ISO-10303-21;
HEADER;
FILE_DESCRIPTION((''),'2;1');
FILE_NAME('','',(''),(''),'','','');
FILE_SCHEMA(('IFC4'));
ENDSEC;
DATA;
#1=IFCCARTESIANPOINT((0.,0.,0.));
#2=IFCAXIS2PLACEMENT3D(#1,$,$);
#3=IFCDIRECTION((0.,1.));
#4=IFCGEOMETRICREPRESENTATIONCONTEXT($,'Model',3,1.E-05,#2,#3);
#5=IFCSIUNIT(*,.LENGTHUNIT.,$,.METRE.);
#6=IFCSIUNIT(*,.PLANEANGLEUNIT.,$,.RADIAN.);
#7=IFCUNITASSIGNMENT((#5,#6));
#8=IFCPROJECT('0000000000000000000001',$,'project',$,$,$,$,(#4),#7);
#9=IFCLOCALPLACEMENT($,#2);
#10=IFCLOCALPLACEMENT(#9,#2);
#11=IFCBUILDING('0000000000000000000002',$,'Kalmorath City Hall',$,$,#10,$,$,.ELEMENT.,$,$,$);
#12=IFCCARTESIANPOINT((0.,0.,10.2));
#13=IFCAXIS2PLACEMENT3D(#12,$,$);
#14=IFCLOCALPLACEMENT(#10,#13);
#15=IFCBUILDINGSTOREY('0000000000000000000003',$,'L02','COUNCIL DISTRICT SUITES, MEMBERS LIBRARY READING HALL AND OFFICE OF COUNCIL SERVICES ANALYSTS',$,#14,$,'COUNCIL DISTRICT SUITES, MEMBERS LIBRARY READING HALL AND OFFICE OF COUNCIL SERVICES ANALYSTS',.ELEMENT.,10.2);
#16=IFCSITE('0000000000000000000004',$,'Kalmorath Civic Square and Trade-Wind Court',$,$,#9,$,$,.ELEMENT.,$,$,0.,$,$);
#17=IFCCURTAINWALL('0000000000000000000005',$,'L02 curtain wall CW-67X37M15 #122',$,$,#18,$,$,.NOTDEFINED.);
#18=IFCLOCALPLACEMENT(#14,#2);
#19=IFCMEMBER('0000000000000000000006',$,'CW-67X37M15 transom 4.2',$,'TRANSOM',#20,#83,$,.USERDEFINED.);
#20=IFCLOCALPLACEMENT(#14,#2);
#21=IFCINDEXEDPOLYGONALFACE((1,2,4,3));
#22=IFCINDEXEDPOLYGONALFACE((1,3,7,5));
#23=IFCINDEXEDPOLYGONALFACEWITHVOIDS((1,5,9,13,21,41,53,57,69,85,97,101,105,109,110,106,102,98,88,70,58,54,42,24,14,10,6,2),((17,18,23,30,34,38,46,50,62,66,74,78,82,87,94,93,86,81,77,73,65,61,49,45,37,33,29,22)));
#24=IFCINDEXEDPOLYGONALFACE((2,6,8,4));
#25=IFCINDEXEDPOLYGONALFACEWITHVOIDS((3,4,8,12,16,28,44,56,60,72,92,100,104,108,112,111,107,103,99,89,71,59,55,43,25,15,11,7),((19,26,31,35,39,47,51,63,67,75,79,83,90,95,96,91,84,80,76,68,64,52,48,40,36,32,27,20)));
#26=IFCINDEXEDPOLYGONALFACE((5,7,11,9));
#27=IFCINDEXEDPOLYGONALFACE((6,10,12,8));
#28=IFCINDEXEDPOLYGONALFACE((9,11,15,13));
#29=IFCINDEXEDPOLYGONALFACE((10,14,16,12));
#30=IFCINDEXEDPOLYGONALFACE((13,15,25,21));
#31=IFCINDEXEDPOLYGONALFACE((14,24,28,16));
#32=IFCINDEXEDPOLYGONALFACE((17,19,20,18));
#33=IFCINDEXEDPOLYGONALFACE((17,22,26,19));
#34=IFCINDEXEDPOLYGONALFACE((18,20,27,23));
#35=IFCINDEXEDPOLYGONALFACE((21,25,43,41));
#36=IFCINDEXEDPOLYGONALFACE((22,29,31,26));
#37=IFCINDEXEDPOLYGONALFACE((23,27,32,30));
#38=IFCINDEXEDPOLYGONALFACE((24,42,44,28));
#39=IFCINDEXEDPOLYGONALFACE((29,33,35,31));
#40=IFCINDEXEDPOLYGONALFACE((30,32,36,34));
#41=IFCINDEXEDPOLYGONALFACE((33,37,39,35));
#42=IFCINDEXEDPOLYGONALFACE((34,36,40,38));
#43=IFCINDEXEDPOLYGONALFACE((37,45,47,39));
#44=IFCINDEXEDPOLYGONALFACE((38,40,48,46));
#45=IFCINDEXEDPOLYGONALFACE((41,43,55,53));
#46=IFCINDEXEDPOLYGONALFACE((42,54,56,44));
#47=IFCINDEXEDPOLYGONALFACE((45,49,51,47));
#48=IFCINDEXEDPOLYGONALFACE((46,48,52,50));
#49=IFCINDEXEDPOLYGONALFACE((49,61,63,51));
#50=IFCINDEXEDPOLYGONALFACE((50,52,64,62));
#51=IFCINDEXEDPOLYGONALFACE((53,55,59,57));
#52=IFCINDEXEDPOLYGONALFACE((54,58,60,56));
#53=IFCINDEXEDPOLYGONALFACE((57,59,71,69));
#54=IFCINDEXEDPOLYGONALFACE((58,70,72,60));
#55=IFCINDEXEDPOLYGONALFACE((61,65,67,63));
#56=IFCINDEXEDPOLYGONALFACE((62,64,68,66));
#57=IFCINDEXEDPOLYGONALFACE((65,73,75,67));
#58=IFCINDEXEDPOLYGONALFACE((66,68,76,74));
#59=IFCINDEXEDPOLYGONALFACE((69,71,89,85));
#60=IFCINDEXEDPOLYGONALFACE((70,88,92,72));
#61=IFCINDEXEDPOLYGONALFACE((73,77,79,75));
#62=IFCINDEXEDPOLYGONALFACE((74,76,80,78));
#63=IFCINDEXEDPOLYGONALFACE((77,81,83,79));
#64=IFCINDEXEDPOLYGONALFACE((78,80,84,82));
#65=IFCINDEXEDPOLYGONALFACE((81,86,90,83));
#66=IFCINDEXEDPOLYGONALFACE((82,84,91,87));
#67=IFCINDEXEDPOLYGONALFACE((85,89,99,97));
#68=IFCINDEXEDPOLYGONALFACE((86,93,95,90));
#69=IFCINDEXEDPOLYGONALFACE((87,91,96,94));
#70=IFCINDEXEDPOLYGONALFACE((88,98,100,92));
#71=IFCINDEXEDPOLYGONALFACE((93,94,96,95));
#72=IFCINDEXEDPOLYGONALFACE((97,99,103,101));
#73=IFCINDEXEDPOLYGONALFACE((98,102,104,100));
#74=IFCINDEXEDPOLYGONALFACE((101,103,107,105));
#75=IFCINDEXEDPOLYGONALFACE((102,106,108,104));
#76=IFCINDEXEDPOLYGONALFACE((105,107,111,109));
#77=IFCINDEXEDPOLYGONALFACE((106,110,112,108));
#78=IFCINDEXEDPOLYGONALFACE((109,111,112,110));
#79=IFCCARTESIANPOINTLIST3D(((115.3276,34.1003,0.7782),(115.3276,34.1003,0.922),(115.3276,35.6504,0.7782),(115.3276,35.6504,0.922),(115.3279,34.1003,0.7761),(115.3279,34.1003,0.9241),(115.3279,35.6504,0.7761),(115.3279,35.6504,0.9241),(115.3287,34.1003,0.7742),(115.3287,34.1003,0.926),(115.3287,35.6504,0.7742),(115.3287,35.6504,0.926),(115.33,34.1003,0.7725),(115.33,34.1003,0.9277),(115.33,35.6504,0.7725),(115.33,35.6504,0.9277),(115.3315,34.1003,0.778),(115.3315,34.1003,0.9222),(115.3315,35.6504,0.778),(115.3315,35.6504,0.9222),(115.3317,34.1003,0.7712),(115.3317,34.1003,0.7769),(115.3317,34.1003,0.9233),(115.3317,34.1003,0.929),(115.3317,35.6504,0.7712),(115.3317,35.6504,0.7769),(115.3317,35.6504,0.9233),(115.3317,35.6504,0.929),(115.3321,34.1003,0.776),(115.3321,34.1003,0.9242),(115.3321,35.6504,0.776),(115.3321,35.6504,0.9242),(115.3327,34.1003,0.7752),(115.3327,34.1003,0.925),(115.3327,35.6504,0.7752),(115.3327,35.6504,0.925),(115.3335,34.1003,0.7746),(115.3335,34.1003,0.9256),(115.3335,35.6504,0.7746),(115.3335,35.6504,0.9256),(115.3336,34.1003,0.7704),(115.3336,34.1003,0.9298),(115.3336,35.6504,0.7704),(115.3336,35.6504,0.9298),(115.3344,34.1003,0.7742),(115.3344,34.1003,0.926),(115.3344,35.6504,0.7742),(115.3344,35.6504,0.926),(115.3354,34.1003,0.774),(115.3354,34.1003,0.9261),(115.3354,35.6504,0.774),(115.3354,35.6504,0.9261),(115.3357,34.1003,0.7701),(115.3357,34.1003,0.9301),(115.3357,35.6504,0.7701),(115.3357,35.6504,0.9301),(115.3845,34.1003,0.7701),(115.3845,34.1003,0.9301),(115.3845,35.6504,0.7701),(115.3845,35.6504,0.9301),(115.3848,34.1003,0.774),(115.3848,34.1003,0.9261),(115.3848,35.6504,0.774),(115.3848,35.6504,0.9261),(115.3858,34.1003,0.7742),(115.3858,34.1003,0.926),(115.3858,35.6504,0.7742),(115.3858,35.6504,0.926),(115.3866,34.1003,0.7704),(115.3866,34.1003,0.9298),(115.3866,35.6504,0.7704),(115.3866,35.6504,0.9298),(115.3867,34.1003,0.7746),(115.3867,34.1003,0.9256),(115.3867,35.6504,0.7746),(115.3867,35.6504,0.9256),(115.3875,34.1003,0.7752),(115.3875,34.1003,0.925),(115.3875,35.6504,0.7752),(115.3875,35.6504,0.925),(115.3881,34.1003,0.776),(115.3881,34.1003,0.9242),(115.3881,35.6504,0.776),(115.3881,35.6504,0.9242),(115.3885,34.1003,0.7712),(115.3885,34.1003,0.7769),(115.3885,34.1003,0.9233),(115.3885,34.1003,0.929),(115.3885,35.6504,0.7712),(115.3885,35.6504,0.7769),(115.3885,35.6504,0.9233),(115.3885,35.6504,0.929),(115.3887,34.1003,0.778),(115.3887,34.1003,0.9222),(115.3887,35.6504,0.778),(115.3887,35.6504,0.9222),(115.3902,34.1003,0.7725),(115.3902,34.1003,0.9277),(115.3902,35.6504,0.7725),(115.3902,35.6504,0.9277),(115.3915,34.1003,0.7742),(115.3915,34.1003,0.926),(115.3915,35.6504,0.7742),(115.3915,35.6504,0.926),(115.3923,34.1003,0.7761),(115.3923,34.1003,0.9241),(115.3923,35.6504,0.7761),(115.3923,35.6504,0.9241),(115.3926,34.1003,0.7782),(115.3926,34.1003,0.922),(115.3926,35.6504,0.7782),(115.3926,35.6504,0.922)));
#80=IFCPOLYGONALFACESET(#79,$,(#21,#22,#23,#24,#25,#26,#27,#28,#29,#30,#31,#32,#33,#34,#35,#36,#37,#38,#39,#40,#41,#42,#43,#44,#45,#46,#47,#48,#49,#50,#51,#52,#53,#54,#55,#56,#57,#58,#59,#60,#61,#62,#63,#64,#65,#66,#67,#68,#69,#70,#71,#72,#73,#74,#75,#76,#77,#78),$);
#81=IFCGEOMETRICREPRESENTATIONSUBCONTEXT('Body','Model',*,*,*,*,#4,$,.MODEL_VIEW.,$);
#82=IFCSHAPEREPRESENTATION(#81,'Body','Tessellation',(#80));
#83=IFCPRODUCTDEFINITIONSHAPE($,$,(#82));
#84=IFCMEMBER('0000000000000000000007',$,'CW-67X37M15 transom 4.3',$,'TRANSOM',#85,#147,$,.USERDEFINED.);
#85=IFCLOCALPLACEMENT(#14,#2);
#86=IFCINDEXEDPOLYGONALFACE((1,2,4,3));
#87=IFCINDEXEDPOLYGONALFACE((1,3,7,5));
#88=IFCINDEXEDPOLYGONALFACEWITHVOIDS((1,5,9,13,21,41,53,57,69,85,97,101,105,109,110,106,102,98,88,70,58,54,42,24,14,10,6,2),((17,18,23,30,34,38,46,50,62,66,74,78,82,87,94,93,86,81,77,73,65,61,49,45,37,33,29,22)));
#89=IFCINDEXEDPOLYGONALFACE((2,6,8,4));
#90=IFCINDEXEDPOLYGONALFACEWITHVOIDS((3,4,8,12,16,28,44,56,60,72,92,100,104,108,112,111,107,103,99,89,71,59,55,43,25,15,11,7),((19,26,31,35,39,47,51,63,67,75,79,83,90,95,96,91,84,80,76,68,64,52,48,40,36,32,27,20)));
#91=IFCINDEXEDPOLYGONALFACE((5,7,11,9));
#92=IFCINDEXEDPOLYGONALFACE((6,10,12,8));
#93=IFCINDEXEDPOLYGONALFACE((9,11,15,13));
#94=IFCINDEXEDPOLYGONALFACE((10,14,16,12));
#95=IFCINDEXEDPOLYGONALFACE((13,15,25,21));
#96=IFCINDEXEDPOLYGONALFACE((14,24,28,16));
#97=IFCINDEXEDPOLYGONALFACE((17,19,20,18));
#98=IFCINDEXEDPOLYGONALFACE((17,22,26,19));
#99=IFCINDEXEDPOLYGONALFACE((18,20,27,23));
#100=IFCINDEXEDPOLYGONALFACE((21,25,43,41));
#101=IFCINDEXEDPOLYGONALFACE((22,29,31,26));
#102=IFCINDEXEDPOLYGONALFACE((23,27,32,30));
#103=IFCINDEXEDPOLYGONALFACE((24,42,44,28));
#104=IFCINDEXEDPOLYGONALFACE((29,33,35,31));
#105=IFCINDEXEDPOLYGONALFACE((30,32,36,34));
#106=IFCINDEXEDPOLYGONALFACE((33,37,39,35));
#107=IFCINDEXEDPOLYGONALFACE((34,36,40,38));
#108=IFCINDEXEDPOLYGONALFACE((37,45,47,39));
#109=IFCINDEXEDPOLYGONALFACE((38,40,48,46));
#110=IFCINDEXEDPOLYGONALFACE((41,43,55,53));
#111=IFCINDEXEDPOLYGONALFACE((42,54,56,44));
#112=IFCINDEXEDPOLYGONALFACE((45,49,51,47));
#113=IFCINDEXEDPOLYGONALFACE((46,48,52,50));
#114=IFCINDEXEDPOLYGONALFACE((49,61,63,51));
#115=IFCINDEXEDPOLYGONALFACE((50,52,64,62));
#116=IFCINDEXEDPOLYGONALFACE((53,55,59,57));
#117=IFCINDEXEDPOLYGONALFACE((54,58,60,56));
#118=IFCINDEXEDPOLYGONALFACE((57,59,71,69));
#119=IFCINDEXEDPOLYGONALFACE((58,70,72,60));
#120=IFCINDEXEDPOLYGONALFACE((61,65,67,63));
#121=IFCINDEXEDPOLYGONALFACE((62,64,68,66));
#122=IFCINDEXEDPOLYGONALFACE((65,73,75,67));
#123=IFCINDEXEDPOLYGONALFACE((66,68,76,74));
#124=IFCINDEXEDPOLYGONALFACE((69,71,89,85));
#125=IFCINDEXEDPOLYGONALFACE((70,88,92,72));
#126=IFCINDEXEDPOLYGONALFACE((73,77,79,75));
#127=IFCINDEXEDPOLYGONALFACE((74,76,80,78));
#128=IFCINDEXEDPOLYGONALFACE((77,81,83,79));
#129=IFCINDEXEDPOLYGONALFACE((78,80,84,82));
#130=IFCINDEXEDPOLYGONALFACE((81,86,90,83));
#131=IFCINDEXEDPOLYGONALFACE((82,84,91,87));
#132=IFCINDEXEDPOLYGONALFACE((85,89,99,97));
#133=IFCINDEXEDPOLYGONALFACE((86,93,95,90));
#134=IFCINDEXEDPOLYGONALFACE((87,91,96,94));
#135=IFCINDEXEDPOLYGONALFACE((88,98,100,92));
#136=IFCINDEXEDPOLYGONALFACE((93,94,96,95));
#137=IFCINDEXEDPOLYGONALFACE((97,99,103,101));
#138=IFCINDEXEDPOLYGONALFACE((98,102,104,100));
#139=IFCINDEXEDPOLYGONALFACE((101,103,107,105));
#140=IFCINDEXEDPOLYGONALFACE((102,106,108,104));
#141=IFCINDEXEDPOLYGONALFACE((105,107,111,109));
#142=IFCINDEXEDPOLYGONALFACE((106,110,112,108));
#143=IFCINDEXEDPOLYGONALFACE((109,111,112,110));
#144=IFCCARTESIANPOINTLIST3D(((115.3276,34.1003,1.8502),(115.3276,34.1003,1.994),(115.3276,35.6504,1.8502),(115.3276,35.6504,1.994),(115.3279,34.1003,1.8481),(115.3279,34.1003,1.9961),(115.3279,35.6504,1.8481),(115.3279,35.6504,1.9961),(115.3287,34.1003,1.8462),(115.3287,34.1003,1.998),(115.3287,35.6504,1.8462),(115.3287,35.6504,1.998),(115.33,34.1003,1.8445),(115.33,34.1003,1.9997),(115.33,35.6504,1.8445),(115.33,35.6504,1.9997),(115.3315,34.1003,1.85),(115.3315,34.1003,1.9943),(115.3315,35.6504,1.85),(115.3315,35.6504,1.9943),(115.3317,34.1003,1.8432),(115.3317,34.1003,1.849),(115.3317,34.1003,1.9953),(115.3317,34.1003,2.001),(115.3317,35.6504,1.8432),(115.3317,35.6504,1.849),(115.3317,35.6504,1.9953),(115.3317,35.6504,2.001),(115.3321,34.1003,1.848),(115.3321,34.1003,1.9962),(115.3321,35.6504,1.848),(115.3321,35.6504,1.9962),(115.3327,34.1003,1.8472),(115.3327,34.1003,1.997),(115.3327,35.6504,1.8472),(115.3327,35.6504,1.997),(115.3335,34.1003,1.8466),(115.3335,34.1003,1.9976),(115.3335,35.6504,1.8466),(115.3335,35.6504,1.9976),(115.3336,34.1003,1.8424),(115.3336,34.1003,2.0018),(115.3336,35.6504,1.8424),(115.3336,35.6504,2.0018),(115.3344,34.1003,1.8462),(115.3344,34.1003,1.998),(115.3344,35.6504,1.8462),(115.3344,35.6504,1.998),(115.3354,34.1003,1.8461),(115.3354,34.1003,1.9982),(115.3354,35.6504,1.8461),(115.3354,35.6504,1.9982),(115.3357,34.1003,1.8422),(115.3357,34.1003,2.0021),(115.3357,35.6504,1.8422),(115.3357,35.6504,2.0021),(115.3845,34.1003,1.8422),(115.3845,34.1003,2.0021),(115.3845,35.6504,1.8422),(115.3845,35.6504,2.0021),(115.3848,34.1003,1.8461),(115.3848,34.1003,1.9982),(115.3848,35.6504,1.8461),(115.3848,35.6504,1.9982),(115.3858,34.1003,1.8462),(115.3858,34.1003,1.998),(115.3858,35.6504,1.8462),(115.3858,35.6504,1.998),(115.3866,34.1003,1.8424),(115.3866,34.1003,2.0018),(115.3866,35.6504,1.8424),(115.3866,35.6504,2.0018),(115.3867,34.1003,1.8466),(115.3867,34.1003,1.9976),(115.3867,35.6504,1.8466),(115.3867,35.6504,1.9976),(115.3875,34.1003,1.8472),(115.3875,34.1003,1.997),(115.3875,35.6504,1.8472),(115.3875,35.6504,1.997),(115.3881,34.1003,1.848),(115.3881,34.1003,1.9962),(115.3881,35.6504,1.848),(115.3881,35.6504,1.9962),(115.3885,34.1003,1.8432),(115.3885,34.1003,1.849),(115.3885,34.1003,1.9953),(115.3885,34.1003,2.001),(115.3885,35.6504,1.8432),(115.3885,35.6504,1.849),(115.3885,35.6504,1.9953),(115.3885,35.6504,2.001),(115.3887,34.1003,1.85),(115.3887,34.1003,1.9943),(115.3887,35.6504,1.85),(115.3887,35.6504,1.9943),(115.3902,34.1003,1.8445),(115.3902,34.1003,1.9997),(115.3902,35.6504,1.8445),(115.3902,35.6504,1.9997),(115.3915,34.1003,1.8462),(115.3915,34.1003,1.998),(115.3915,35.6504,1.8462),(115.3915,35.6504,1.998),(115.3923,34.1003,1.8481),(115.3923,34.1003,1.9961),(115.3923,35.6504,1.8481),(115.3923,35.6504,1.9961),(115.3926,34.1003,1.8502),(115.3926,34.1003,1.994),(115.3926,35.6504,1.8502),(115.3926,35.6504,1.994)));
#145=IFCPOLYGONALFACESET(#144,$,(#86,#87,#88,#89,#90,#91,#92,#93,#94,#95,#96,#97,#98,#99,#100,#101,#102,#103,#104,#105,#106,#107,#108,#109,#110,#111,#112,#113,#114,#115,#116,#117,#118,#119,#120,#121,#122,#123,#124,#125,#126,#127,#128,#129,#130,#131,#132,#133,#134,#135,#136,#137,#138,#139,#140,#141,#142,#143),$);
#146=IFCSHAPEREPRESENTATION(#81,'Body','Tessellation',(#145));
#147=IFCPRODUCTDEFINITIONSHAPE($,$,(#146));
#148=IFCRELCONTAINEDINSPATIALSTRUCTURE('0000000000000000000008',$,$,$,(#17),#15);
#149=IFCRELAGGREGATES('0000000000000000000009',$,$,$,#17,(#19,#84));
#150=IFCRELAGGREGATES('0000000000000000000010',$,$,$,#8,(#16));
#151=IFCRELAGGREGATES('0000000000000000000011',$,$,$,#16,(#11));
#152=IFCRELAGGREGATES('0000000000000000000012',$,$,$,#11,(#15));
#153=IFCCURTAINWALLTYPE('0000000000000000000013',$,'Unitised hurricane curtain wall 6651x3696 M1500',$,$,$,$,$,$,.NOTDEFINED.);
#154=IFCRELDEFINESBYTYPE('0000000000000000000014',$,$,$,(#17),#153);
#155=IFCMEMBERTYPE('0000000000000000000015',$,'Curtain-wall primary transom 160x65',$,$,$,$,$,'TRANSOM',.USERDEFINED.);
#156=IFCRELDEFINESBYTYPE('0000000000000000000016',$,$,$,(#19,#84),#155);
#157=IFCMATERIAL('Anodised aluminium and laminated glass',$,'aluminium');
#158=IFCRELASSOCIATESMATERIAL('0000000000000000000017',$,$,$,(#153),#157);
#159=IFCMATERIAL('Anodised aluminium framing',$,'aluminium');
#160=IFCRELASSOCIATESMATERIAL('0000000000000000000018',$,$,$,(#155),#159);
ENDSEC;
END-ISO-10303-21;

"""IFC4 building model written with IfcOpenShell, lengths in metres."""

from ifc_helpers import new_model, si_unit, direction, frame, origin, origin_2d, place, context, subcontext, project, spatial, hollow_rectangle, extrude, material, material_profile, profile_set, type_object, element, aggregate, save


model = new_model("IFC4")

# Units and contexts
model_context = context("Model", 3, precision=1e-05, world=origin(), true_north=direction((0.0, 1.0)))
body_context = subcontext(model_context, "Body", "Model", "MODEL_VIEW")
ifc_project = project(units=[si_unit("LENGTHUNIT", "METRE"), si_unit("PLANEANGLEUNIT", "RADIAN")], contexts=[model_context])

# Site, building, storey
site_placement = place(None, origin())
site = spatial("IfcSite", under=ifc_project, at=site_placement, Name="Kalmorath Civic Square and Trade-Wind Court", CompositionType="ELEMENT", RefElevation=0.0)
building_placement = place(site_placement, origin())
building = spatial("IfcBuilding", under=site, at=building_placement, Name="Kalmorath City Hall", CompositionType="ELEMENT")
storey_placement = place(building_placement, frame((0.0, 0.0, 10.2)))
storey = spatial("IfcBuildingStorey", under=building, at=storey_placement, Name="L02", Description="COUNCIL DISTRICT SUITES, MEMBERS LIBRARY READING HALL AND OFFICE OF COUNCIL SERVICES ANALYSTS", LongName="COUNCIL DISTRICT SUITES, MEMBERS LIBRARY READING HALL AND OFFICE OF COUNCIL SERVICES ANALYSTS", CompositionType="ELEMENT", Elevation=10.2)

# Curtain wall, members
ifc_material_1 = material(Name="Anodised aluminium and laminated glass", Category="aluminium")
curtain_wall_type = type_object("IfcCurtainWallType", Name="Unitised hurricane curtain wall 6651x3696 M1500", PredefinedType="NOTDEFINED", material=ifc_material_1)
curtain_wall_placement = place(storey_placement, origin())
curtain_wall = element("IfcCurtainWall", 1, at=curtain_wall_placement, inside=storey, type_object=curtain_wall_type, Name="L02 curtain wall CW-67X37M15 #122", PredefinedType="NOTDEFINED")
ifc_material_2 = material(Name="Anodised aluminium framing", Category="aluminium")
ifc_material_profile_1 = material_profile(ifc_material_2, hollow_rectangle(XDim=0.0649, YDim=0.1599, WallThickness=0.0039, InnerFilletRadius=0.0039, OuterFilletRadius=0.0081, at=origin_2d()), Name="ALU-TRN-160X65X4")
ifc_profile_set_1 = profile_set([ifc_material_profile_1], Name="Anodised aluminium framing")
member_type_1 = type_object("IfcMemberType", Name="Curtain-wall primary transom 160x65", ElementType="TRANSOM", PredefinedType="USERDEFINED", material=ifc_profile_set_1)
member_1_placement = place(storey_placement, frame((115.3601, 34.1003, 0.8501), z_axis=(0.0, 1.0, 0.0), x_axis=(-1.0, 0.0, 0.0)))
member_1 = element("IfcMember", 2, at=member_1_placement, type_object=member_type_1, Name="CW-67X37M15 transom 4.2", ObjectType="TRANSOM", PredefinedType="USERDEFINED", context=body_context, shape_type="SweptSolid", body=[
    extrude(hollow_rectangle(XDim=0.0649, YDim=0.1599, WallThickness=0.0039, InnerFilletRadius=0.0039, OuterFilletRadius=0.0081, at=origin_2d()), origin(), (0.0, 0.0, 1.0), 1.55),
])
member_2_placement = place(storey_placement, frame((115.3601, 34.1003, 1.9221), z_axis=(0.0, 1.0, 0.0), x_axis=(-1.0, 0.0, 0.0)))
member_2 = element("IfcMember", 3, at=member_2_placement, type_object=member_type_1, Name="CW-67X37M15 transom 4.3", ObjectType="TRANSOM", PredefinedType="USERDEFINED", context=body_context, shape_type="SweptSolid", body=[
    extrude(hollow_rectangle(XDim=0.0649, YDim=0.1599, WallThickness=0.0039, InnerFilletRadius=0.0039, OuterFilletRadius=0.0081, at=origin_2d()), origin(), (0.0, 0.0, 1.0), 1.55),
])

aggregate(curtain_wall, [member_1, member_2])

save(model, "model.ifc")
